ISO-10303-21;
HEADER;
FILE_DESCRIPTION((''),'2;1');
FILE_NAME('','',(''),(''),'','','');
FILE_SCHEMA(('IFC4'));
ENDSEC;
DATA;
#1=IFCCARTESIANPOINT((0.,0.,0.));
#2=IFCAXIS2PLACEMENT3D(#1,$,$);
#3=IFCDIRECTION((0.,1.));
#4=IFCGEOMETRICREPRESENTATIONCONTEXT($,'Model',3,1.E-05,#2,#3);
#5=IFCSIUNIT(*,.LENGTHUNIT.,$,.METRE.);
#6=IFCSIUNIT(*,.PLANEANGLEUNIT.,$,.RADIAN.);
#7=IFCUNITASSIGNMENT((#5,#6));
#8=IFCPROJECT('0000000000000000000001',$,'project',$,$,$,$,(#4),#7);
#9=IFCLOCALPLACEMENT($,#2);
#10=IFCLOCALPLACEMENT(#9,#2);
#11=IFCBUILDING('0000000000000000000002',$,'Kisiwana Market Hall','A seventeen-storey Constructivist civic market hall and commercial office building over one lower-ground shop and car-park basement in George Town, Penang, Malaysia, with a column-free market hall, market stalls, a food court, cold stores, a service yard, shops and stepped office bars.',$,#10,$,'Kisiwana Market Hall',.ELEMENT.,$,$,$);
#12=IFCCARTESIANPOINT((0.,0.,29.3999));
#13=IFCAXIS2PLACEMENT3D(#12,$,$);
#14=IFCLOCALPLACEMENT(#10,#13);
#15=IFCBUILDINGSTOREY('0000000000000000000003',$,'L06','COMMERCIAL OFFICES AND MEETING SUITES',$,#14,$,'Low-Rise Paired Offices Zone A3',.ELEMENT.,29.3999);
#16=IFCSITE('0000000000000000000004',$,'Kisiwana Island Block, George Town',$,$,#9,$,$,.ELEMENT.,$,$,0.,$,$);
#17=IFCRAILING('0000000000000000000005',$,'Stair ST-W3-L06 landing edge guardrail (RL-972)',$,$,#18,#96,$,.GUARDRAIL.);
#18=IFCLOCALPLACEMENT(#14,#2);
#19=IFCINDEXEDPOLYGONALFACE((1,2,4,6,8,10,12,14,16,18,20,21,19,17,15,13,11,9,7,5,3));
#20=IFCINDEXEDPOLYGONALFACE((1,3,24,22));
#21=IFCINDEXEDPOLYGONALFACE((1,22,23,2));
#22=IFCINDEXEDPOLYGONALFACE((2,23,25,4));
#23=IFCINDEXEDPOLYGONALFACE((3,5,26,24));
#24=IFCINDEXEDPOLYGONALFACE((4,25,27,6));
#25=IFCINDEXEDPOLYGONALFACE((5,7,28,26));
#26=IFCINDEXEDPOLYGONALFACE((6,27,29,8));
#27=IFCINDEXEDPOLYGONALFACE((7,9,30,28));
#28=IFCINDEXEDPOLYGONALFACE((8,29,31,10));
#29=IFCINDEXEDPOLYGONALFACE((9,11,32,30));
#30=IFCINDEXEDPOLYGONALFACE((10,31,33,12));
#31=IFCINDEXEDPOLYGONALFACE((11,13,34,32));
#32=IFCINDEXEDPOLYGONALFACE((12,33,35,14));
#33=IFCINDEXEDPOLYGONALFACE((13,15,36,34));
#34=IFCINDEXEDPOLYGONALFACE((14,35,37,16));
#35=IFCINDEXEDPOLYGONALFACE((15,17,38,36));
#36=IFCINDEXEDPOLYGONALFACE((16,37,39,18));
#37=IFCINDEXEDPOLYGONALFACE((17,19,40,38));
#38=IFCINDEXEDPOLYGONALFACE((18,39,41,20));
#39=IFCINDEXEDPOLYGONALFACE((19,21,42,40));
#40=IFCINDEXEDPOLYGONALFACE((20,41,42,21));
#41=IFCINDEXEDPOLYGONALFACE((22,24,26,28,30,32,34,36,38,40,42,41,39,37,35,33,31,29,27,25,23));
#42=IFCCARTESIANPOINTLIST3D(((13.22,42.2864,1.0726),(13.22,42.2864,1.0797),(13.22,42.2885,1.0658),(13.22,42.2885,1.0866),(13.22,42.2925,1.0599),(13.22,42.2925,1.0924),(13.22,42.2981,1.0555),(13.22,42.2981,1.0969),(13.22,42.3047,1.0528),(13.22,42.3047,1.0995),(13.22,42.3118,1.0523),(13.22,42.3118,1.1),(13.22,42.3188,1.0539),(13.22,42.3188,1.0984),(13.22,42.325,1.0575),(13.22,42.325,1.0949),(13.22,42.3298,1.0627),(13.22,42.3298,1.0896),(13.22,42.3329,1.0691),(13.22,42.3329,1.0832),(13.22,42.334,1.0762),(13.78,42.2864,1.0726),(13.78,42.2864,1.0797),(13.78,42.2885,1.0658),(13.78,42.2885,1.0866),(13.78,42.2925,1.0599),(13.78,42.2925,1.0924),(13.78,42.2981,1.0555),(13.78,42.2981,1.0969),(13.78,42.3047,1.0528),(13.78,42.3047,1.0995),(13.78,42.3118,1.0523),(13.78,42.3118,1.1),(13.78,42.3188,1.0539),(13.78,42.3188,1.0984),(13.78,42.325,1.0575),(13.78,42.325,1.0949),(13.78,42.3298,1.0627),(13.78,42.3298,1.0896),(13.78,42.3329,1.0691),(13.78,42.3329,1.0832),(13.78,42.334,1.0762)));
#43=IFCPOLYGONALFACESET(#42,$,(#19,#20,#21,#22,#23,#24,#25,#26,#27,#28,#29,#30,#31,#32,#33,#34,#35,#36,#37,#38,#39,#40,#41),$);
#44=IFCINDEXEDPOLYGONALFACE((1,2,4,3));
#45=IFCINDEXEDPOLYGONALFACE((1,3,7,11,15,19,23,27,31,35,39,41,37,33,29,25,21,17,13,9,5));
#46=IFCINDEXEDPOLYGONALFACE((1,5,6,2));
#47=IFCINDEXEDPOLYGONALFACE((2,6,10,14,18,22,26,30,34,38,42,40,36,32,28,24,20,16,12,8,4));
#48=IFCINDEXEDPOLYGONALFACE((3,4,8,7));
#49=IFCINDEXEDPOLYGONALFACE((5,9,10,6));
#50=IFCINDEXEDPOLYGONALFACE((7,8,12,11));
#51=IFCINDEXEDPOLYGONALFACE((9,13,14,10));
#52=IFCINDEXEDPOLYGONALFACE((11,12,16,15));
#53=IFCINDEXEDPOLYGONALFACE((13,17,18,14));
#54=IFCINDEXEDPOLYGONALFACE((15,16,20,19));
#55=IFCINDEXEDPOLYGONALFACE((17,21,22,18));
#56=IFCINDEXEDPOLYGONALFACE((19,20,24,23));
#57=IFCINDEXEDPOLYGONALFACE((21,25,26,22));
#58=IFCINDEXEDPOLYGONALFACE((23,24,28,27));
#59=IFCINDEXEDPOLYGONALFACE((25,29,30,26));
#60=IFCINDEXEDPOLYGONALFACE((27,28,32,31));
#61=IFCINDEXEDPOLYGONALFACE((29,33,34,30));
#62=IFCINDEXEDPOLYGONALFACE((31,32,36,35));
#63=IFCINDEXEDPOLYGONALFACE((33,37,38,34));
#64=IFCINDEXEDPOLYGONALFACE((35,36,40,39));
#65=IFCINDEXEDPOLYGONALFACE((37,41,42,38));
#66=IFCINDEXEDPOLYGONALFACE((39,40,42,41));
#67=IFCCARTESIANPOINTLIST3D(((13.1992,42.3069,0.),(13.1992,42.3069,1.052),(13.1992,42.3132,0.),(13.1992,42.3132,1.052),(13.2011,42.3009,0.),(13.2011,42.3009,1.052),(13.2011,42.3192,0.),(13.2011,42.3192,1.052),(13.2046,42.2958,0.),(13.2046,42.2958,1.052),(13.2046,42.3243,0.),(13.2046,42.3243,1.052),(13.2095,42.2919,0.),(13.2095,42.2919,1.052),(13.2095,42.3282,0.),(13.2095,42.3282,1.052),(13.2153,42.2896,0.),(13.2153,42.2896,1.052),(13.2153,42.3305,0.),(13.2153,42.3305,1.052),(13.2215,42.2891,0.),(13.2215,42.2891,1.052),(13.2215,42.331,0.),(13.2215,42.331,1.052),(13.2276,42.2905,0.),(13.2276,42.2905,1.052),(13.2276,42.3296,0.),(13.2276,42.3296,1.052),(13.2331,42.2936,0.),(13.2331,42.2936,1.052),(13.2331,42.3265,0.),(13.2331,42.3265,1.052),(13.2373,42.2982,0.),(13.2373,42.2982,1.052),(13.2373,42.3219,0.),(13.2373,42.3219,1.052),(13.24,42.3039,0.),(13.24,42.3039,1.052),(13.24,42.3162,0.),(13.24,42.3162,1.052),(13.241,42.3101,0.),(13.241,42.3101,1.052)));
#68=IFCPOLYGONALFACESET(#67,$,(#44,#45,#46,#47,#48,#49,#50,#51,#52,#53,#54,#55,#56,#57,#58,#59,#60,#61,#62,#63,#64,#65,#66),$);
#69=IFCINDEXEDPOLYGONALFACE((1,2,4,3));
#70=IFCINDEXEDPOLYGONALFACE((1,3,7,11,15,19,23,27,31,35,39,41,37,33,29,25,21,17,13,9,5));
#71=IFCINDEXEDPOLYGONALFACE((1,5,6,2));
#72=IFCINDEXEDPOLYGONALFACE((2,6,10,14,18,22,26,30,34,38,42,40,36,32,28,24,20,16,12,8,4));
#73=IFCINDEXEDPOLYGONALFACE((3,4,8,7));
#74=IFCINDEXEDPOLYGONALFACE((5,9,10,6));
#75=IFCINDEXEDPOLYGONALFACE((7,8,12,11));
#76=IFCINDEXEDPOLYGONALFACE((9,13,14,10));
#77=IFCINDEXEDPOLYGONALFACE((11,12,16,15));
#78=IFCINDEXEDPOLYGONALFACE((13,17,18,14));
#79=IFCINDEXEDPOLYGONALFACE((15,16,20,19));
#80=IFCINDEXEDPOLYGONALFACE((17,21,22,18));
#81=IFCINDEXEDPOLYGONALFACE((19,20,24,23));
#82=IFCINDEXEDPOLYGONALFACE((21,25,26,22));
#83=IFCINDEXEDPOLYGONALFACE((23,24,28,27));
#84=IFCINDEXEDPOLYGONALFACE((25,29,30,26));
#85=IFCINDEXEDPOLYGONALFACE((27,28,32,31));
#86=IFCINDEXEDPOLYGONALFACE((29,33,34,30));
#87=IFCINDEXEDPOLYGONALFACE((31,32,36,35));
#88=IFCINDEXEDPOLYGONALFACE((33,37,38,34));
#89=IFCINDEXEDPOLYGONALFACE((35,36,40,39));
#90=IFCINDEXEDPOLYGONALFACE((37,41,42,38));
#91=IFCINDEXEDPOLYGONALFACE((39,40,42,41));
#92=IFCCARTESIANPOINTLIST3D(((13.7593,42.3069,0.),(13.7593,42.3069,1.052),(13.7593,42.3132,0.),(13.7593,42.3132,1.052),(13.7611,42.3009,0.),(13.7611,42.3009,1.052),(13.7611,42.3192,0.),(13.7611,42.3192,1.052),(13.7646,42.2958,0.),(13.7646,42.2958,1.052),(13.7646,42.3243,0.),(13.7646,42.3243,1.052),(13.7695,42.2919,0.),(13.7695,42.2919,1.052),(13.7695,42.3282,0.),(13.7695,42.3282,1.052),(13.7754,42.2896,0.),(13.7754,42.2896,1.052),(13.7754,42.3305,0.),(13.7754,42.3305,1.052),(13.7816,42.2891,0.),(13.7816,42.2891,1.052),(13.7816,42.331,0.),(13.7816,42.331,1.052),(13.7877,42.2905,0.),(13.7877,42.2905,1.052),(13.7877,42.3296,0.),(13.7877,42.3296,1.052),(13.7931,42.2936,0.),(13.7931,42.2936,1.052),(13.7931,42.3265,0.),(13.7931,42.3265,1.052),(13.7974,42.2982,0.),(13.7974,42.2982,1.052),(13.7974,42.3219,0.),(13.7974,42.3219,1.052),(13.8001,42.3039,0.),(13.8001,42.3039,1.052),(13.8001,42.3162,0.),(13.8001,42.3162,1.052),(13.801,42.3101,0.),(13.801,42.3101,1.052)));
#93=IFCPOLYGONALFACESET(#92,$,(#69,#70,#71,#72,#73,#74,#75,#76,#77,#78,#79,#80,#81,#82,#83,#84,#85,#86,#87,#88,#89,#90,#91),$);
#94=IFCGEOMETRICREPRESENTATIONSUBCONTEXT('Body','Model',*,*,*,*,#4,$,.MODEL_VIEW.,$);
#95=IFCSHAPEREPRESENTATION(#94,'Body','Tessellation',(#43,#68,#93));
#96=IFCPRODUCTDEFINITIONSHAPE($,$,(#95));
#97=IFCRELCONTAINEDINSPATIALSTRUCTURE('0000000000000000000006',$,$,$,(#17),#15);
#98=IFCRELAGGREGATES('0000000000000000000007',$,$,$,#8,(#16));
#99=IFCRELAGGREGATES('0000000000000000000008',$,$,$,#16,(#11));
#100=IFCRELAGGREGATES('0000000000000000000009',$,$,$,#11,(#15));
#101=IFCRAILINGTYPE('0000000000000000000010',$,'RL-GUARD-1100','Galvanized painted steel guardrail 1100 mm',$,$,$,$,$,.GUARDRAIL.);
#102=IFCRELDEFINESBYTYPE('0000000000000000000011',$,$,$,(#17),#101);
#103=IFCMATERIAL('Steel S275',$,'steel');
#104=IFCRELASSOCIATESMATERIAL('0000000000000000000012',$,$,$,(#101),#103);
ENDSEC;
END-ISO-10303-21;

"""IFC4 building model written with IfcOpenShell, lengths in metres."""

from ifc_helpers import new_model, si_unit, direction, frame, origin, origin_2d, place, context, subcontext, project, spatial, circle, extrude, material, type_object, element, save


model = new_model("IFC4")

# Units and contexts
model_context = context("Model", 3, precision=1e-05, world=origin(), true_north=direction((0.0, 1.0)))
body_context = subcontext(model_context, "Body", "Model", "MODEL_VIEW")
ifc_project = project(units=[si_unit("LENGTHUNIT", "METRE"), si_unit("PLANEANGLEUNIT", "RADIAN")], contexts=[model_context])

# Site, building, storey
site_placement = place(None, origin())
site = spatial("IfcSite", under=ifc_project, at=site_placement, Name="Kisiwana Island Block, George Town", CompositionType="ELEMENT", RefElevation=0.0)
building_placement = place(site_placement, origin())
building = spatial("IfcBuilding", under=site, at=building_placement, Name="Kisiwana Market Hall", Description="A seventeen-storey Constructivist civic market hall and commercial office building over one lower-ground shop and car-park basement in George Town, Penang, Malaysia, with a column-free market hall, market stalls, a food court, cold stores, a service yard, shops and stepped office bars.", LongName="Kisiwana Market Hall", CompositionType="ELEMENT")
storey_placement = place(building_placement, frame((0.0, 0.0, 29.3999)))
storey = spatial("IfcBuildingStorey", under=building, at=storey_placement, Name="L06", Description="COMMERCIAL OFFICES AND MEETING SUITES", LongName="Low-Rise Paired Offices Zone A3", CompositionType="ELEMENT", Elevation=29.3999)

# Railing
ifc_material_1 = material(Name="Steel S275", Category="steel")
railing_type_1 = type_object("IfcRailingType", Name="RL-GUARD-1100", Description="Galvanized painted steel guardrail 1100 mm", PredefinedType="GUARDRAIL", material=ifc_material_1)
railing_1_placement = place(storey_placement, frame((13.22, 42.3101, 0.0)))
element("IfcRailing", 1, at=railing_1_placement, inside=storey, type_object=railing_type_1, Name="Stair ST-W3-L06 landing edge guardrail (RL-972)", PredefinedType="GUARDRAIL", context=body_context, shape_type="SweptSolid", body=[
    extrude(circle(Radius=0.0239, at=origin_2d()), frame((0.0, 0.0, 1.0762), z_axis=(1.0, 0.0, 0.0), x_axis=(0.0, 1.0, 0.0)), (0.0, 0.0, 1.0), 0.5601),
    extrude(circle(Radius=0.021, at=origin_2d()), origin(), (0.0, 0.0, 1.0), 1.052),
    extrude(circle(Radius=0.021, at=origin_2d()), frame((0.5601, 0.0, 0.0)), (0.0, 0.0, 1.0), 1.052),
])

save(model, "model.ifc")
